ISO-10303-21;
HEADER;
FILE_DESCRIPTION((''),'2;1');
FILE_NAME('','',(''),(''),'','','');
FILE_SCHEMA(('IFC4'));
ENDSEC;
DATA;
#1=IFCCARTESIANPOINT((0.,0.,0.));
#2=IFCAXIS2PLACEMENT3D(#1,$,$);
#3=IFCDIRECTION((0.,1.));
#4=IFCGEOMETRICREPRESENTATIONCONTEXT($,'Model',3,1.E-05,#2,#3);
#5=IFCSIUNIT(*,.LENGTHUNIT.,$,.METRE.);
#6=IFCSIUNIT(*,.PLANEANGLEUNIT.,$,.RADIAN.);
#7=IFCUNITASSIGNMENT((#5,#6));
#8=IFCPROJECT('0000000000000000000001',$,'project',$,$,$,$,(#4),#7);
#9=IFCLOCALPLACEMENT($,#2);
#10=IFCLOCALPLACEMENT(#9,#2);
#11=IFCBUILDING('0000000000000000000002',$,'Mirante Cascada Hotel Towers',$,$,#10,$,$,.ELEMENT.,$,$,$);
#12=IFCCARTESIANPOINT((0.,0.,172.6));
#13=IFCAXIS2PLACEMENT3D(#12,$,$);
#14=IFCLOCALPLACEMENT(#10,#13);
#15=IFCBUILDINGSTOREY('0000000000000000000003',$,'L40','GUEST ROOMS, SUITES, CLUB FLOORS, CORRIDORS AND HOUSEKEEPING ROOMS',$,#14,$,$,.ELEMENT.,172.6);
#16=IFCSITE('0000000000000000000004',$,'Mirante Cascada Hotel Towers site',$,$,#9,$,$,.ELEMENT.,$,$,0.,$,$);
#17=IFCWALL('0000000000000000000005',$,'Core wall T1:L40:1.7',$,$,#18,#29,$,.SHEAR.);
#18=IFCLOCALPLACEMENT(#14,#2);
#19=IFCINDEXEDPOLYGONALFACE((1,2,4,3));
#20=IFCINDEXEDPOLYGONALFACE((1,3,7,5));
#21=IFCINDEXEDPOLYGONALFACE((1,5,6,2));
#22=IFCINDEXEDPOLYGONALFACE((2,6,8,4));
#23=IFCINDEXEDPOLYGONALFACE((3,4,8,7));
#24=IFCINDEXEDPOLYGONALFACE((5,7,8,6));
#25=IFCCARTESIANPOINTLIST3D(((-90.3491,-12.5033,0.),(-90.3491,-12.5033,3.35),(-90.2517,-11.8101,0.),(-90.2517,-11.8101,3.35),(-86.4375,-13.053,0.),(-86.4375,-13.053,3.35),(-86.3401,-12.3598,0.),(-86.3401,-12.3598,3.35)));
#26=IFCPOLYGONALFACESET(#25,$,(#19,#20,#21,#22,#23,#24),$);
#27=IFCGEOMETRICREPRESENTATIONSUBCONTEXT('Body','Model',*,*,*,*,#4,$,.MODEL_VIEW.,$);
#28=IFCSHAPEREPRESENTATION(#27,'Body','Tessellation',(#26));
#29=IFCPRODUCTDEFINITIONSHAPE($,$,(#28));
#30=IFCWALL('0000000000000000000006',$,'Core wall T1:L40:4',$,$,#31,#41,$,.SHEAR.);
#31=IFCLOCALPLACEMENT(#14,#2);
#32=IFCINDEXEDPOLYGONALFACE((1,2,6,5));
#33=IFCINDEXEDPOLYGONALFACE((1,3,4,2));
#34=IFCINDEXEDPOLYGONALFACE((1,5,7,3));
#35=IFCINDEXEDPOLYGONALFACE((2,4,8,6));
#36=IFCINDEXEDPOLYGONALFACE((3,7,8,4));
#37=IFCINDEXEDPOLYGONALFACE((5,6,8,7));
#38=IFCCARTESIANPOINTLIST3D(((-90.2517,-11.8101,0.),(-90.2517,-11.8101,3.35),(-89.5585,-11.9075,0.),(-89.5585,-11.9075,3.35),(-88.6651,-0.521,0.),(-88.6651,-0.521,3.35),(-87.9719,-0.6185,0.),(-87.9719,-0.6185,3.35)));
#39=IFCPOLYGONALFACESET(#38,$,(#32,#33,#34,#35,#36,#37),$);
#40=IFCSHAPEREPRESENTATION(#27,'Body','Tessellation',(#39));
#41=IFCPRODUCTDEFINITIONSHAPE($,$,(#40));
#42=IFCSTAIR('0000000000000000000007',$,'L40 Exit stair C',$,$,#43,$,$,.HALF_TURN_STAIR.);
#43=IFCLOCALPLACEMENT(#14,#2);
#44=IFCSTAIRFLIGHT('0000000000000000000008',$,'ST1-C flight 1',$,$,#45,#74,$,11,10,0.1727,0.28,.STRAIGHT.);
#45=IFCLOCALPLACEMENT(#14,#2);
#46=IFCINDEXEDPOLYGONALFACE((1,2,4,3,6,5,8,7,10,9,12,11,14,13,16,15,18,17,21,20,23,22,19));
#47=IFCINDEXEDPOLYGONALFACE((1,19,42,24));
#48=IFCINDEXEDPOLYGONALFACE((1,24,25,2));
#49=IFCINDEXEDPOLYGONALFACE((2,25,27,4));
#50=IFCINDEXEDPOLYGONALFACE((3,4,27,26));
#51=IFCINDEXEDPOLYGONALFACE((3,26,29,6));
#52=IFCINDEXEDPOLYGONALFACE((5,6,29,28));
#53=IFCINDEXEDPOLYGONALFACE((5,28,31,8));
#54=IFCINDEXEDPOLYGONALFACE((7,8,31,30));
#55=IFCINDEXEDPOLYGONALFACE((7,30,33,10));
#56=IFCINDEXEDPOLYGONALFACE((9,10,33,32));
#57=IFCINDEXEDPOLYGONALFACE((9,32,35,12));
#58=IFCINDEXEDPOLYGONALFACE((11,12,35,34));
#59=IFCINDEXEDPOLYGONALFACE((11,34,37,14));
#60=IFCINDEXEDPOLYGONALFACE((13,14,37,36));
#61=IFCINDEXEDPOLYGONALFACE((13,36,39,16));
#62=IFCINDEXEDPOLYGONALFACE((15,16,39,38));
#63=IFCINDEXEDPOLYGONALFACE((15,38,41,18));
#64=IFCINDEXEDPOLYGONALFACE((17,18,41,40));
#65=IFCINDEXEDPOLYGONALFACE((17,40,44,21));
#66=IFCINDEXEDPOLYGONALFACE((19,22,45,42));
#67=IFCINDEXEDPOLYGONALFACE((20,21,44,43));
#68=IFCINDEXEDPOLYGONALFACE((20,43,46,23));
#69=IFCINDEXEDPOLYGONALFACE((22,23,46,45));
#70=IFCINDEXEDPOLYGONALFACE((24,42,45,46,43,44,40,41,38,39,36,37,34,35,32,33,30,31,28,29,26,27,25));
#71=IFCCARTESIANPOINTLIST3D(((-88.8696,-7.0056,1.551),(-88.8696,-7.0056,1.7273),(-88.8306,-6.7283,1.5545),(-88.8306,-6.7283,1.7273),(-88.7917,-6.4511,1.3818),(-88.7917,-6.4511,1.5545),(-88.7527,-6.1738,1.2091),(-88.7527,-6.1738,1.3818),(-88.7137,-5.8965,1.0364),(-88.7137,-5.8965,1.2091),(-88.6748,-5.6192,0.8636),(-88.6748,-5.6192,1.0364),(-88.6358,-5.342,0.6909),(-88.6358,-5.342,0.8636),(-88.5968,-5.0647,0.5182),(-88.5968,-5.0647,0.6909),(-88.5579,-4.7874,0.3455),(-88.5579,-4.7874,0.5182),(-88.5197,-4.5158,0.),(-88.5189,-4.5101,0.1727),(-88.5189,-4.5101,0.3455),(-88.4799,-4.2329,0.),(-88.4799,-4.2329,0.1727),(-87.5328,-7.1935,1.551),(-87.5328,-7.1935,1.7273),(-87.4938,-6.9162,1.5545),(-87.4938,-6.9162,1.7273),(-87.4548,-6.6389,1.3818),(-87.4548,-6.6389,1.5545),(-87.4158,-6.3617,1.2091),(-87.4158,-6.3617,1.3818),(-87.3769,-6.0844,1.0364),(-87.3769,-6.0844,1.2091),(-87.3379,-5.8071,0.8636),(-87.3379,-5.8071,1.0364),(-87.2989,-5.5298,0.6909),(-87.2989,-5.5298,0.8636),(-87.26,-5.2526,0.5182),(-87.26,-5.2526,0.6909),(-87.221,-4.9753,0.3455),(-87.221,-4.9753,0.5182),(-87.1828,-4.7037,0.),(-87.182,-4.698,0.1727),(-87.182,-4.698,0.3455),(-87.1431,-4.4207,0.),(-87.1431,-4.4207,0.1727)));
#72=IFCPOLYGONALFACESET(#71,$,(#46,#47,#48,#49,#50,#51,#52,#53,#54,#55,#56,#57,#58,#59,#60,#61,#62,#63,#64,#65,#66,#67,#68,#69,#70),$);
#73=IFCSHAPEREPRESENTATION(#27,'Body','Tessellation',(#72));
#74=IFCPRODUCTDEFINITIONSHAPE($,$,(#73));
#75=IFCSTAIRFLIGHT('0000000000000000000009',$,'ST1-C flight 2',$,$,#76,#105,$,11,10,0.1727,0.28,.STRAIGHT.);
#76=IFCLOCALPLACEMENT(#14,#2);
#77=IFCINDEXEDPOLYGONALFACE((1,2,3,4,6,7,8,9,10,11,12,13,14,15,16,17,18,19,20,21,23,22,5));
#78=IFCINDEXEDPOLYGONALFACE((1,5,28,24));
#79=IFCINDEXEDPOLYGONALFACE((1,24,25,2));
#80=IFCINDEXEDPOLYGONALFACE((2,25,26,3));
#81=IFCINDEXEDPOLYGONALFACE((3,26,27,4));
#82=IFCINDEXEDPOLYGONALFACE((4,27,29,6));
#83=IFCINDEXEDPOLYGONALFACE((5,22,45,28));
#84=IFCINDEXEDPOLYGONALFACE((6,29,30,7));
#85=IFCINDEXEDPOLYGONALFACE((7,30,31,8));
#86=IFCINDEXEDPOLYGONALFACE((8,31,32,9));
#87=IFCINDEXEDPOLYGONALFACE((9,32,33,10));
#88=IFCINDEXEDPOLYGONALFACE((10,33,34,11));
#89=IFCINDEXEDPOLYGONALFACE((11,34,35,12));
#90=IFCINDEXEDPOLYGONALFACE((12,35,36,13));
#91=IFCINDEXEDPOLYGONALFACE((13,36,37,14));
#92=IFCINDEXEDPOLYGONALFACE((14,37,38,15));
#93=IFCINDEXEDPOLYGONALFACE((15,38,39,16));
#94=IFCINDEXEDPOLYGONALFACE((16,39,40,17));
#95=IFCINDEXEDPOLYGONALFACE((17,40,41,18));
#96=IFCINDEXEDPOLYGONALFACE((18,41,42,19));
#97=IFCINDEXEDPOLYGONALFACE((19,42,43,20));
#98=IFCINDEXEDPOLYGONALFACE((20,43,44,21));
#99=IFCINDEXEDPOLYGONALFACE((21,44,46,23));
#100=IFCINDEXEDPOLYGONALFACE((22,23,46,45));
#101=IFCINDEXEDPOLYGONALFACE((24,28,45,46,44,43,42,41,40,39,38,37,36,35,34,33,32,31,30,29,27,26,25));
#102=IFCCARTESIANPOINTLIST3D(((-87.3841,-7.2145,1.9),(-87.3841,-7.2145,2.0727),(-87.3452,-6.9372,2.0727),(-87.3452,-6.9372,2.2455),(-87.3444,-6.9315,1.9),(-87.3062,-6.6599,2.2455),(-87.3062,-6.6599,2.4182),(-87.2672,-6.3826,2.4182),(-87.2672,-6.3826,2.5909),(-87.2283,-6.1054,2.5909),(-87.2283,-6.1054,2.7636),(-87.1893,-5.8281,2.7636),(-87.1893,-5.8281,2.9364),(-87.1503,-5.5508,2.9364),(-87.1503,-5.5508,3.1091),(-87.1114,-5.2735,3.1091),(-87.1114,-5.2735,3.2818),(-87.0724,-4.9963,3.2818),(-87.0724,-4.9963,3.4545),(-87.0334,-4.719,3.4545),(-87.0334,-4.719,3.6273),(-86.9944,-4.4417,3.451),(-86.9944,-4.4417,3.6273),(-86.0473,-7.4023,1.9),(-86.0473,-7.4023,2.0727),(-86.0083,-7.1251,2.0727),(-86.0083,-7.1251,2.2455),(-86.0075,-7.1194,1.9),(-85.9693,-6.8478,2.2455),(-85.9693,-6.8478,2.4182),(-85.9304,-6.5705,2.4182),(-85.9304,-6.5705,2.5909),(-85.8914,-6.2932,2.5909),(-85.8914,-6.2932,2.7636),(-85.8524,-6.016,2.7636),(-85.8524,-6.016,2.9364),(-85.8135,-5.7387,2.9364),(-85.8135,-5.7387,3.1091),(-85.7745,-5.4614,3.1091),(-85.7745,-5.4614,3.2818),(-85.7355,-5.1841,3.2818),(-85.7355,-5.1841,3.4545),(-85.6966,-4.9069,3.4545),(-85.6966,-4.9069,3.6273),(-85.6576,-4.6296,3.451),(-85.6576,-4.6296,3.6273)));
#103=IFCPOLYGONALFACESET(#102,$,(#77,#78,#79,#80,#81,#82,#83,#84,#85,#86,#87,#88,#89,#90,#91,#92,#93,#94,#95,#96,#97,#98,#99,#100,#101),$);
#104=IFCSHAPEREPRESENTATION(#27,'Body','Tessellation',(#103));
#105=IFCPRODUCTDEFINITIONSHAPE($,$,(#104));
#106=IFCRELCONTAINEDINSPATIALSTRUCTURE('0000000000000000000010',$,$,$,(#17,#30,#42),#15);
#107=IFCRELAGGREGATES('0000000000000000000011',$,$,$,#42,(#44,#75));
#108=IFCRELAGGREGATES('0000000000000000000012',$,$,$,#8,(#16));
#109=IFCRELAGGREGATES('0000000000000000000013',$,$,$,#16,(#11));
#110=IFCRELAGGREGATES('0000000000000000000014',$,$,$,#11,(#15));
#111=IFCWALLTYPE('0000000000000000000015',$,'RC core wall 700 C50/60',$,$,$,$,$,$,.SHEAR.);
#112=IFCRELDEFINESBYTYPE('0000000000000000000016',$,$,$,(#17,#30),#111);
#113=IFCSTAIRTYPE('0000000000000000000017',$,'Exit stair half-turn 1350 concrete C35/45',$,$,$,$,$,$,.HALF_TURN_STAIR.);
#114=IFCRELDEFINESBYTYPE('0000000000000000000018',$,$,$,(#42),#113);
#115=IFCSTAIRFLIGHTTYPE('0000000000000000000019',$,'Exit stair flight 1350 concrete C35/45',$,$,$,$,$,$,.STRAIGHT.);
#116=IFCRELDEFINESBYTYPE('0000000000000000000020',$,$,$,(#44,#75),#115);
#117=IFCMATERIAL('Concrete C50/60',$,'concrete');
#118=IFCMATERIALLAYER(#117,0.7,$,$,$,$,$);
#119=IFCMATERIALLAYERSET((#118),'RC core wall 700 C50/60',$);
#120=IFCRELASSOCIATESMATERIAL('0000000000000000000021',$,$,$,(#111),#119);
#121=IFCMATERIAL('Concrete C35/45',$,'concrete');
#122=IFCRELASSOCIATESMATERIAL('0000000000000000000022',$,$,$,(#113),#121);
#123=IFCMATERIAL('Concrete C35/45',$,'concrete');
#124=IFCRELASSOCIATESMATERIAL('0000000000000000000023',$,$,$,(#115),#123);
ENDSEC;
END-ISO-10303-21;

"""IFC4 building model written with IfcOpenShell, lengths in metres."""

from ifc_helpers import new_model, si_unit, direction, frame, frame_2d, origin, place, context, subcontext, project, spatial, polyline, rectangle, outline, extrude, material, layer, layer_set, type_object, element, aggregate, save


model = new_model("IFC4")

# Units and contexts
model_context = context("Model", 3, precision=1e-05, world=origin(), true_north=direction((0.0, 1.0)))
body_context = subcontext(model_context, "Body", "Model", "MODEL_VIEW")
ifc_project = project(units=[si_unit("LENGTHUNIT", "METRE"), si_unit("PLANEANGLEUNIT", "RADIAN")], contexts=[model_context])

# Site, building, storey
site_placement = place(None, origin())
site = spatial("IfcSite", under=ifc_project, at=site_placement, Name="Mirante Cascada Hotel Towers site", CompositionType="ELEMENT", RefElevation=0.0)
building_placement = place(site_placement, origin())
building = spatial("IfcBuilding", under=site, at=building_placement, Name="Mirante Cascada Hotel Towers", CompositionType="ELEMENT")
storey_placement = place(building_placement, frame((0.0, 0.0, 172.6)))
storey = spatial("IfcBuildingStorey", under=building, at=storey_placement, Name="L40", Description="GUEST ROOMS, SUITES, CLUB FLOORS, CORRIDORS AND HOUSEKEEPING ROOMS", CompositionType="ELEMENT", Elevation=172.6)

# Walls
ifc_material_1 = material(Name="Concrete C50/60", Category="concrete")
ifc_layer_1 = layer(ifc_material_1, 0.7)
ifc_layer_set_1 = layer_set([ifc_layer_1], Name="RC core wall 700 C50/60")
wall_type_1 = type_object("IfcWallType", Name="RC core wall 700 C50/60", PredefinedType="SHEAR", material=ifc_layer_set_1)
wall_1_placement = place(storey_placement, frame((-86.3888, -12.7064, 0.0), z_axis=(0.0, 0.0, 1.0), x_axis=(-0.990269, 0.139163, 0.0)))
element("IfcWall", 1, at=wall_1_placement, inside=storey, type_object=wall_type_1, Name="Core wall T1:L40:1.7", PredefinedType="SHEAR", context=body_context, shape_type="SweptSolid", body=[
    extrude(rectangle(XDim=3.95, YDim=0.7, at=frame_2d((1.975, 0.0))), origin(), (0.0, 0.0, 1.0), 3.35),
])
wall_2_placement = place(storey_placement, frame((-89.9051, -11.8588, 0.0), z_axis=(0.0, 0.0, 1.0), x_axis=(0.139175, 0.990268, 0.0)))
element("IfcWall", 2, at=wall_2_placement, inside=storey, type_object=wall_type_1, Name="Core wall T1:L40:4", PredefinedType="SHEAR", context=body_context, shape_type="SweptSolid", body=[
    extrude(rectangle(XDim=11.4, YDim=0.7, at=frame_2d((5.7, 0.0))), origin(), (0.0, 0.0, 1.0), 3.35),
])

# Stair, stair flights
ifc_material_2 = material(Name="Concrete C35/45", Category="concrete")
stair_type = type_object("IfcStairType", Name="Exit stair half-turn 1350 concrete C35/45", PredefinedType="HALF_TURN_STAIR", material=ifc_material_2)
stair_placement = place(storey_placement, origin())
stair = element("IfcStair", 3, at=stair_placement, inside=storey, type_object=stair_type, Name="L40 Exit stair C", PredefinedType="HALF_TURN_STAIR")
ifc_material_3 = material(Name="Concrete C35/45", Category="concrete")
stair_flight_type = type_object("IfcStairFlightType", Name="Exit stair flight 1350 concrete C35/45", PredefinedType="STRAIGHT", material=ifc_material_3)
stair_flight_1_placement = place(storey_placement, frame((-87.8115, -4.3268, 0.0), z_axis=(0.0, 0.0, 1.0), x_axis=(-0.139173, -0.990268, 0.0)))
stair_flight_1 = element("IfcStairFlight", 4, at=stair_flight_1_placement, type_object=stair_flight_type, Name="ST1-C flight 1", NumberOfRisers=11, NumberOfTreads=10, PredefinedType="STRAIGHT", RiserHeight=0.1727, TreadLength=0.28, context=body_context, shape_type="SweptSolid", body=[
    extrude(outline(polyline([(0.0, 0.0), (0.0, 0.1727), (0.28, 0.1727), (0.28, 0.3455), (0.56, 0.3455), (0.56, 0.5182), (0.84, 0.5182), (0.84, 0.6909), (1.12, 0.6909), (1.12, 0.8636), (1.4, 0.8636), (1.4, 1.0364), (1.68, 1.0364), (1.68, 1.2091), (1.96, 1.2091), (1.96, 1.3818), (2.24, 1.3818), (2.24, 1.5545), (2.52, 1.5545), (2.52, 1.7273), (2.8, 1.7273), (2.8, 1.9), (2.8, 1.551), (0.2857, 0.0), (0.0, 0.0)])), frame((0.0, 0.675, 0.0), z_axis=(0.0, -1.0, 0.0), x_axis=(1.0, 0.0, 0.0)), (0.0, 0.0, 1.0), 1.35),
])
stair_flight_2_placement = place(storey_placement, frame((-86.7157, -7.3084, 1.9), z_axis=(0.0, 0.0, 1.0), x_axis=(0.139173, 0.990268, 0.0)))
stair_flight_2 = element("IfcStairFlight", 5, at=stair_flight_2_placement, type_object=stair_flight_type, Name="ST1-C flight 2", NumberOfRisers=11, NumberOfTreads=10, PredefinedType="STRAIGHT", RiserHeight=0.1727, TreadLength=0.28, context=body_context, shape_type="SweptSolid", body=[
    extrude(outline(polyline([(0.0, 0.0), (0.0, 0.1727), (0.28, 0.1727), (0.28, 0.3455), (0.56, 0.3455), (0.56, 0.5182), (0.84, 0.5182), (0.84, 0.6909), (1.12, 0.6909), (1.12, 0.8636), (1.4, 0.8636), (1.4, 1.0364), (1.68, 1.0364), (1.68, 1.2091), (1.96, 1.2091), (1.96, 1.3818), (2.24, 1.3818), (2.24, 1.5545), (2.52, 1.5545), (2.52, 1.7273), (2.8, 1.7273), (2.8, 1.9), (2.8, 1.551), (0.2857, 0.0), (0.0, 0.0)])), frame((0.0, 0.675, 0.0), z_axis=(0.0, -1.0, 0.0), x_axis=(1.0, 0.0, 0.0)), (0.0, 0.0, 1.0), 1.35),
])
aggregate(stair, [stair_flight_1, stair_flight_2])

save(model, "model.ifc")
